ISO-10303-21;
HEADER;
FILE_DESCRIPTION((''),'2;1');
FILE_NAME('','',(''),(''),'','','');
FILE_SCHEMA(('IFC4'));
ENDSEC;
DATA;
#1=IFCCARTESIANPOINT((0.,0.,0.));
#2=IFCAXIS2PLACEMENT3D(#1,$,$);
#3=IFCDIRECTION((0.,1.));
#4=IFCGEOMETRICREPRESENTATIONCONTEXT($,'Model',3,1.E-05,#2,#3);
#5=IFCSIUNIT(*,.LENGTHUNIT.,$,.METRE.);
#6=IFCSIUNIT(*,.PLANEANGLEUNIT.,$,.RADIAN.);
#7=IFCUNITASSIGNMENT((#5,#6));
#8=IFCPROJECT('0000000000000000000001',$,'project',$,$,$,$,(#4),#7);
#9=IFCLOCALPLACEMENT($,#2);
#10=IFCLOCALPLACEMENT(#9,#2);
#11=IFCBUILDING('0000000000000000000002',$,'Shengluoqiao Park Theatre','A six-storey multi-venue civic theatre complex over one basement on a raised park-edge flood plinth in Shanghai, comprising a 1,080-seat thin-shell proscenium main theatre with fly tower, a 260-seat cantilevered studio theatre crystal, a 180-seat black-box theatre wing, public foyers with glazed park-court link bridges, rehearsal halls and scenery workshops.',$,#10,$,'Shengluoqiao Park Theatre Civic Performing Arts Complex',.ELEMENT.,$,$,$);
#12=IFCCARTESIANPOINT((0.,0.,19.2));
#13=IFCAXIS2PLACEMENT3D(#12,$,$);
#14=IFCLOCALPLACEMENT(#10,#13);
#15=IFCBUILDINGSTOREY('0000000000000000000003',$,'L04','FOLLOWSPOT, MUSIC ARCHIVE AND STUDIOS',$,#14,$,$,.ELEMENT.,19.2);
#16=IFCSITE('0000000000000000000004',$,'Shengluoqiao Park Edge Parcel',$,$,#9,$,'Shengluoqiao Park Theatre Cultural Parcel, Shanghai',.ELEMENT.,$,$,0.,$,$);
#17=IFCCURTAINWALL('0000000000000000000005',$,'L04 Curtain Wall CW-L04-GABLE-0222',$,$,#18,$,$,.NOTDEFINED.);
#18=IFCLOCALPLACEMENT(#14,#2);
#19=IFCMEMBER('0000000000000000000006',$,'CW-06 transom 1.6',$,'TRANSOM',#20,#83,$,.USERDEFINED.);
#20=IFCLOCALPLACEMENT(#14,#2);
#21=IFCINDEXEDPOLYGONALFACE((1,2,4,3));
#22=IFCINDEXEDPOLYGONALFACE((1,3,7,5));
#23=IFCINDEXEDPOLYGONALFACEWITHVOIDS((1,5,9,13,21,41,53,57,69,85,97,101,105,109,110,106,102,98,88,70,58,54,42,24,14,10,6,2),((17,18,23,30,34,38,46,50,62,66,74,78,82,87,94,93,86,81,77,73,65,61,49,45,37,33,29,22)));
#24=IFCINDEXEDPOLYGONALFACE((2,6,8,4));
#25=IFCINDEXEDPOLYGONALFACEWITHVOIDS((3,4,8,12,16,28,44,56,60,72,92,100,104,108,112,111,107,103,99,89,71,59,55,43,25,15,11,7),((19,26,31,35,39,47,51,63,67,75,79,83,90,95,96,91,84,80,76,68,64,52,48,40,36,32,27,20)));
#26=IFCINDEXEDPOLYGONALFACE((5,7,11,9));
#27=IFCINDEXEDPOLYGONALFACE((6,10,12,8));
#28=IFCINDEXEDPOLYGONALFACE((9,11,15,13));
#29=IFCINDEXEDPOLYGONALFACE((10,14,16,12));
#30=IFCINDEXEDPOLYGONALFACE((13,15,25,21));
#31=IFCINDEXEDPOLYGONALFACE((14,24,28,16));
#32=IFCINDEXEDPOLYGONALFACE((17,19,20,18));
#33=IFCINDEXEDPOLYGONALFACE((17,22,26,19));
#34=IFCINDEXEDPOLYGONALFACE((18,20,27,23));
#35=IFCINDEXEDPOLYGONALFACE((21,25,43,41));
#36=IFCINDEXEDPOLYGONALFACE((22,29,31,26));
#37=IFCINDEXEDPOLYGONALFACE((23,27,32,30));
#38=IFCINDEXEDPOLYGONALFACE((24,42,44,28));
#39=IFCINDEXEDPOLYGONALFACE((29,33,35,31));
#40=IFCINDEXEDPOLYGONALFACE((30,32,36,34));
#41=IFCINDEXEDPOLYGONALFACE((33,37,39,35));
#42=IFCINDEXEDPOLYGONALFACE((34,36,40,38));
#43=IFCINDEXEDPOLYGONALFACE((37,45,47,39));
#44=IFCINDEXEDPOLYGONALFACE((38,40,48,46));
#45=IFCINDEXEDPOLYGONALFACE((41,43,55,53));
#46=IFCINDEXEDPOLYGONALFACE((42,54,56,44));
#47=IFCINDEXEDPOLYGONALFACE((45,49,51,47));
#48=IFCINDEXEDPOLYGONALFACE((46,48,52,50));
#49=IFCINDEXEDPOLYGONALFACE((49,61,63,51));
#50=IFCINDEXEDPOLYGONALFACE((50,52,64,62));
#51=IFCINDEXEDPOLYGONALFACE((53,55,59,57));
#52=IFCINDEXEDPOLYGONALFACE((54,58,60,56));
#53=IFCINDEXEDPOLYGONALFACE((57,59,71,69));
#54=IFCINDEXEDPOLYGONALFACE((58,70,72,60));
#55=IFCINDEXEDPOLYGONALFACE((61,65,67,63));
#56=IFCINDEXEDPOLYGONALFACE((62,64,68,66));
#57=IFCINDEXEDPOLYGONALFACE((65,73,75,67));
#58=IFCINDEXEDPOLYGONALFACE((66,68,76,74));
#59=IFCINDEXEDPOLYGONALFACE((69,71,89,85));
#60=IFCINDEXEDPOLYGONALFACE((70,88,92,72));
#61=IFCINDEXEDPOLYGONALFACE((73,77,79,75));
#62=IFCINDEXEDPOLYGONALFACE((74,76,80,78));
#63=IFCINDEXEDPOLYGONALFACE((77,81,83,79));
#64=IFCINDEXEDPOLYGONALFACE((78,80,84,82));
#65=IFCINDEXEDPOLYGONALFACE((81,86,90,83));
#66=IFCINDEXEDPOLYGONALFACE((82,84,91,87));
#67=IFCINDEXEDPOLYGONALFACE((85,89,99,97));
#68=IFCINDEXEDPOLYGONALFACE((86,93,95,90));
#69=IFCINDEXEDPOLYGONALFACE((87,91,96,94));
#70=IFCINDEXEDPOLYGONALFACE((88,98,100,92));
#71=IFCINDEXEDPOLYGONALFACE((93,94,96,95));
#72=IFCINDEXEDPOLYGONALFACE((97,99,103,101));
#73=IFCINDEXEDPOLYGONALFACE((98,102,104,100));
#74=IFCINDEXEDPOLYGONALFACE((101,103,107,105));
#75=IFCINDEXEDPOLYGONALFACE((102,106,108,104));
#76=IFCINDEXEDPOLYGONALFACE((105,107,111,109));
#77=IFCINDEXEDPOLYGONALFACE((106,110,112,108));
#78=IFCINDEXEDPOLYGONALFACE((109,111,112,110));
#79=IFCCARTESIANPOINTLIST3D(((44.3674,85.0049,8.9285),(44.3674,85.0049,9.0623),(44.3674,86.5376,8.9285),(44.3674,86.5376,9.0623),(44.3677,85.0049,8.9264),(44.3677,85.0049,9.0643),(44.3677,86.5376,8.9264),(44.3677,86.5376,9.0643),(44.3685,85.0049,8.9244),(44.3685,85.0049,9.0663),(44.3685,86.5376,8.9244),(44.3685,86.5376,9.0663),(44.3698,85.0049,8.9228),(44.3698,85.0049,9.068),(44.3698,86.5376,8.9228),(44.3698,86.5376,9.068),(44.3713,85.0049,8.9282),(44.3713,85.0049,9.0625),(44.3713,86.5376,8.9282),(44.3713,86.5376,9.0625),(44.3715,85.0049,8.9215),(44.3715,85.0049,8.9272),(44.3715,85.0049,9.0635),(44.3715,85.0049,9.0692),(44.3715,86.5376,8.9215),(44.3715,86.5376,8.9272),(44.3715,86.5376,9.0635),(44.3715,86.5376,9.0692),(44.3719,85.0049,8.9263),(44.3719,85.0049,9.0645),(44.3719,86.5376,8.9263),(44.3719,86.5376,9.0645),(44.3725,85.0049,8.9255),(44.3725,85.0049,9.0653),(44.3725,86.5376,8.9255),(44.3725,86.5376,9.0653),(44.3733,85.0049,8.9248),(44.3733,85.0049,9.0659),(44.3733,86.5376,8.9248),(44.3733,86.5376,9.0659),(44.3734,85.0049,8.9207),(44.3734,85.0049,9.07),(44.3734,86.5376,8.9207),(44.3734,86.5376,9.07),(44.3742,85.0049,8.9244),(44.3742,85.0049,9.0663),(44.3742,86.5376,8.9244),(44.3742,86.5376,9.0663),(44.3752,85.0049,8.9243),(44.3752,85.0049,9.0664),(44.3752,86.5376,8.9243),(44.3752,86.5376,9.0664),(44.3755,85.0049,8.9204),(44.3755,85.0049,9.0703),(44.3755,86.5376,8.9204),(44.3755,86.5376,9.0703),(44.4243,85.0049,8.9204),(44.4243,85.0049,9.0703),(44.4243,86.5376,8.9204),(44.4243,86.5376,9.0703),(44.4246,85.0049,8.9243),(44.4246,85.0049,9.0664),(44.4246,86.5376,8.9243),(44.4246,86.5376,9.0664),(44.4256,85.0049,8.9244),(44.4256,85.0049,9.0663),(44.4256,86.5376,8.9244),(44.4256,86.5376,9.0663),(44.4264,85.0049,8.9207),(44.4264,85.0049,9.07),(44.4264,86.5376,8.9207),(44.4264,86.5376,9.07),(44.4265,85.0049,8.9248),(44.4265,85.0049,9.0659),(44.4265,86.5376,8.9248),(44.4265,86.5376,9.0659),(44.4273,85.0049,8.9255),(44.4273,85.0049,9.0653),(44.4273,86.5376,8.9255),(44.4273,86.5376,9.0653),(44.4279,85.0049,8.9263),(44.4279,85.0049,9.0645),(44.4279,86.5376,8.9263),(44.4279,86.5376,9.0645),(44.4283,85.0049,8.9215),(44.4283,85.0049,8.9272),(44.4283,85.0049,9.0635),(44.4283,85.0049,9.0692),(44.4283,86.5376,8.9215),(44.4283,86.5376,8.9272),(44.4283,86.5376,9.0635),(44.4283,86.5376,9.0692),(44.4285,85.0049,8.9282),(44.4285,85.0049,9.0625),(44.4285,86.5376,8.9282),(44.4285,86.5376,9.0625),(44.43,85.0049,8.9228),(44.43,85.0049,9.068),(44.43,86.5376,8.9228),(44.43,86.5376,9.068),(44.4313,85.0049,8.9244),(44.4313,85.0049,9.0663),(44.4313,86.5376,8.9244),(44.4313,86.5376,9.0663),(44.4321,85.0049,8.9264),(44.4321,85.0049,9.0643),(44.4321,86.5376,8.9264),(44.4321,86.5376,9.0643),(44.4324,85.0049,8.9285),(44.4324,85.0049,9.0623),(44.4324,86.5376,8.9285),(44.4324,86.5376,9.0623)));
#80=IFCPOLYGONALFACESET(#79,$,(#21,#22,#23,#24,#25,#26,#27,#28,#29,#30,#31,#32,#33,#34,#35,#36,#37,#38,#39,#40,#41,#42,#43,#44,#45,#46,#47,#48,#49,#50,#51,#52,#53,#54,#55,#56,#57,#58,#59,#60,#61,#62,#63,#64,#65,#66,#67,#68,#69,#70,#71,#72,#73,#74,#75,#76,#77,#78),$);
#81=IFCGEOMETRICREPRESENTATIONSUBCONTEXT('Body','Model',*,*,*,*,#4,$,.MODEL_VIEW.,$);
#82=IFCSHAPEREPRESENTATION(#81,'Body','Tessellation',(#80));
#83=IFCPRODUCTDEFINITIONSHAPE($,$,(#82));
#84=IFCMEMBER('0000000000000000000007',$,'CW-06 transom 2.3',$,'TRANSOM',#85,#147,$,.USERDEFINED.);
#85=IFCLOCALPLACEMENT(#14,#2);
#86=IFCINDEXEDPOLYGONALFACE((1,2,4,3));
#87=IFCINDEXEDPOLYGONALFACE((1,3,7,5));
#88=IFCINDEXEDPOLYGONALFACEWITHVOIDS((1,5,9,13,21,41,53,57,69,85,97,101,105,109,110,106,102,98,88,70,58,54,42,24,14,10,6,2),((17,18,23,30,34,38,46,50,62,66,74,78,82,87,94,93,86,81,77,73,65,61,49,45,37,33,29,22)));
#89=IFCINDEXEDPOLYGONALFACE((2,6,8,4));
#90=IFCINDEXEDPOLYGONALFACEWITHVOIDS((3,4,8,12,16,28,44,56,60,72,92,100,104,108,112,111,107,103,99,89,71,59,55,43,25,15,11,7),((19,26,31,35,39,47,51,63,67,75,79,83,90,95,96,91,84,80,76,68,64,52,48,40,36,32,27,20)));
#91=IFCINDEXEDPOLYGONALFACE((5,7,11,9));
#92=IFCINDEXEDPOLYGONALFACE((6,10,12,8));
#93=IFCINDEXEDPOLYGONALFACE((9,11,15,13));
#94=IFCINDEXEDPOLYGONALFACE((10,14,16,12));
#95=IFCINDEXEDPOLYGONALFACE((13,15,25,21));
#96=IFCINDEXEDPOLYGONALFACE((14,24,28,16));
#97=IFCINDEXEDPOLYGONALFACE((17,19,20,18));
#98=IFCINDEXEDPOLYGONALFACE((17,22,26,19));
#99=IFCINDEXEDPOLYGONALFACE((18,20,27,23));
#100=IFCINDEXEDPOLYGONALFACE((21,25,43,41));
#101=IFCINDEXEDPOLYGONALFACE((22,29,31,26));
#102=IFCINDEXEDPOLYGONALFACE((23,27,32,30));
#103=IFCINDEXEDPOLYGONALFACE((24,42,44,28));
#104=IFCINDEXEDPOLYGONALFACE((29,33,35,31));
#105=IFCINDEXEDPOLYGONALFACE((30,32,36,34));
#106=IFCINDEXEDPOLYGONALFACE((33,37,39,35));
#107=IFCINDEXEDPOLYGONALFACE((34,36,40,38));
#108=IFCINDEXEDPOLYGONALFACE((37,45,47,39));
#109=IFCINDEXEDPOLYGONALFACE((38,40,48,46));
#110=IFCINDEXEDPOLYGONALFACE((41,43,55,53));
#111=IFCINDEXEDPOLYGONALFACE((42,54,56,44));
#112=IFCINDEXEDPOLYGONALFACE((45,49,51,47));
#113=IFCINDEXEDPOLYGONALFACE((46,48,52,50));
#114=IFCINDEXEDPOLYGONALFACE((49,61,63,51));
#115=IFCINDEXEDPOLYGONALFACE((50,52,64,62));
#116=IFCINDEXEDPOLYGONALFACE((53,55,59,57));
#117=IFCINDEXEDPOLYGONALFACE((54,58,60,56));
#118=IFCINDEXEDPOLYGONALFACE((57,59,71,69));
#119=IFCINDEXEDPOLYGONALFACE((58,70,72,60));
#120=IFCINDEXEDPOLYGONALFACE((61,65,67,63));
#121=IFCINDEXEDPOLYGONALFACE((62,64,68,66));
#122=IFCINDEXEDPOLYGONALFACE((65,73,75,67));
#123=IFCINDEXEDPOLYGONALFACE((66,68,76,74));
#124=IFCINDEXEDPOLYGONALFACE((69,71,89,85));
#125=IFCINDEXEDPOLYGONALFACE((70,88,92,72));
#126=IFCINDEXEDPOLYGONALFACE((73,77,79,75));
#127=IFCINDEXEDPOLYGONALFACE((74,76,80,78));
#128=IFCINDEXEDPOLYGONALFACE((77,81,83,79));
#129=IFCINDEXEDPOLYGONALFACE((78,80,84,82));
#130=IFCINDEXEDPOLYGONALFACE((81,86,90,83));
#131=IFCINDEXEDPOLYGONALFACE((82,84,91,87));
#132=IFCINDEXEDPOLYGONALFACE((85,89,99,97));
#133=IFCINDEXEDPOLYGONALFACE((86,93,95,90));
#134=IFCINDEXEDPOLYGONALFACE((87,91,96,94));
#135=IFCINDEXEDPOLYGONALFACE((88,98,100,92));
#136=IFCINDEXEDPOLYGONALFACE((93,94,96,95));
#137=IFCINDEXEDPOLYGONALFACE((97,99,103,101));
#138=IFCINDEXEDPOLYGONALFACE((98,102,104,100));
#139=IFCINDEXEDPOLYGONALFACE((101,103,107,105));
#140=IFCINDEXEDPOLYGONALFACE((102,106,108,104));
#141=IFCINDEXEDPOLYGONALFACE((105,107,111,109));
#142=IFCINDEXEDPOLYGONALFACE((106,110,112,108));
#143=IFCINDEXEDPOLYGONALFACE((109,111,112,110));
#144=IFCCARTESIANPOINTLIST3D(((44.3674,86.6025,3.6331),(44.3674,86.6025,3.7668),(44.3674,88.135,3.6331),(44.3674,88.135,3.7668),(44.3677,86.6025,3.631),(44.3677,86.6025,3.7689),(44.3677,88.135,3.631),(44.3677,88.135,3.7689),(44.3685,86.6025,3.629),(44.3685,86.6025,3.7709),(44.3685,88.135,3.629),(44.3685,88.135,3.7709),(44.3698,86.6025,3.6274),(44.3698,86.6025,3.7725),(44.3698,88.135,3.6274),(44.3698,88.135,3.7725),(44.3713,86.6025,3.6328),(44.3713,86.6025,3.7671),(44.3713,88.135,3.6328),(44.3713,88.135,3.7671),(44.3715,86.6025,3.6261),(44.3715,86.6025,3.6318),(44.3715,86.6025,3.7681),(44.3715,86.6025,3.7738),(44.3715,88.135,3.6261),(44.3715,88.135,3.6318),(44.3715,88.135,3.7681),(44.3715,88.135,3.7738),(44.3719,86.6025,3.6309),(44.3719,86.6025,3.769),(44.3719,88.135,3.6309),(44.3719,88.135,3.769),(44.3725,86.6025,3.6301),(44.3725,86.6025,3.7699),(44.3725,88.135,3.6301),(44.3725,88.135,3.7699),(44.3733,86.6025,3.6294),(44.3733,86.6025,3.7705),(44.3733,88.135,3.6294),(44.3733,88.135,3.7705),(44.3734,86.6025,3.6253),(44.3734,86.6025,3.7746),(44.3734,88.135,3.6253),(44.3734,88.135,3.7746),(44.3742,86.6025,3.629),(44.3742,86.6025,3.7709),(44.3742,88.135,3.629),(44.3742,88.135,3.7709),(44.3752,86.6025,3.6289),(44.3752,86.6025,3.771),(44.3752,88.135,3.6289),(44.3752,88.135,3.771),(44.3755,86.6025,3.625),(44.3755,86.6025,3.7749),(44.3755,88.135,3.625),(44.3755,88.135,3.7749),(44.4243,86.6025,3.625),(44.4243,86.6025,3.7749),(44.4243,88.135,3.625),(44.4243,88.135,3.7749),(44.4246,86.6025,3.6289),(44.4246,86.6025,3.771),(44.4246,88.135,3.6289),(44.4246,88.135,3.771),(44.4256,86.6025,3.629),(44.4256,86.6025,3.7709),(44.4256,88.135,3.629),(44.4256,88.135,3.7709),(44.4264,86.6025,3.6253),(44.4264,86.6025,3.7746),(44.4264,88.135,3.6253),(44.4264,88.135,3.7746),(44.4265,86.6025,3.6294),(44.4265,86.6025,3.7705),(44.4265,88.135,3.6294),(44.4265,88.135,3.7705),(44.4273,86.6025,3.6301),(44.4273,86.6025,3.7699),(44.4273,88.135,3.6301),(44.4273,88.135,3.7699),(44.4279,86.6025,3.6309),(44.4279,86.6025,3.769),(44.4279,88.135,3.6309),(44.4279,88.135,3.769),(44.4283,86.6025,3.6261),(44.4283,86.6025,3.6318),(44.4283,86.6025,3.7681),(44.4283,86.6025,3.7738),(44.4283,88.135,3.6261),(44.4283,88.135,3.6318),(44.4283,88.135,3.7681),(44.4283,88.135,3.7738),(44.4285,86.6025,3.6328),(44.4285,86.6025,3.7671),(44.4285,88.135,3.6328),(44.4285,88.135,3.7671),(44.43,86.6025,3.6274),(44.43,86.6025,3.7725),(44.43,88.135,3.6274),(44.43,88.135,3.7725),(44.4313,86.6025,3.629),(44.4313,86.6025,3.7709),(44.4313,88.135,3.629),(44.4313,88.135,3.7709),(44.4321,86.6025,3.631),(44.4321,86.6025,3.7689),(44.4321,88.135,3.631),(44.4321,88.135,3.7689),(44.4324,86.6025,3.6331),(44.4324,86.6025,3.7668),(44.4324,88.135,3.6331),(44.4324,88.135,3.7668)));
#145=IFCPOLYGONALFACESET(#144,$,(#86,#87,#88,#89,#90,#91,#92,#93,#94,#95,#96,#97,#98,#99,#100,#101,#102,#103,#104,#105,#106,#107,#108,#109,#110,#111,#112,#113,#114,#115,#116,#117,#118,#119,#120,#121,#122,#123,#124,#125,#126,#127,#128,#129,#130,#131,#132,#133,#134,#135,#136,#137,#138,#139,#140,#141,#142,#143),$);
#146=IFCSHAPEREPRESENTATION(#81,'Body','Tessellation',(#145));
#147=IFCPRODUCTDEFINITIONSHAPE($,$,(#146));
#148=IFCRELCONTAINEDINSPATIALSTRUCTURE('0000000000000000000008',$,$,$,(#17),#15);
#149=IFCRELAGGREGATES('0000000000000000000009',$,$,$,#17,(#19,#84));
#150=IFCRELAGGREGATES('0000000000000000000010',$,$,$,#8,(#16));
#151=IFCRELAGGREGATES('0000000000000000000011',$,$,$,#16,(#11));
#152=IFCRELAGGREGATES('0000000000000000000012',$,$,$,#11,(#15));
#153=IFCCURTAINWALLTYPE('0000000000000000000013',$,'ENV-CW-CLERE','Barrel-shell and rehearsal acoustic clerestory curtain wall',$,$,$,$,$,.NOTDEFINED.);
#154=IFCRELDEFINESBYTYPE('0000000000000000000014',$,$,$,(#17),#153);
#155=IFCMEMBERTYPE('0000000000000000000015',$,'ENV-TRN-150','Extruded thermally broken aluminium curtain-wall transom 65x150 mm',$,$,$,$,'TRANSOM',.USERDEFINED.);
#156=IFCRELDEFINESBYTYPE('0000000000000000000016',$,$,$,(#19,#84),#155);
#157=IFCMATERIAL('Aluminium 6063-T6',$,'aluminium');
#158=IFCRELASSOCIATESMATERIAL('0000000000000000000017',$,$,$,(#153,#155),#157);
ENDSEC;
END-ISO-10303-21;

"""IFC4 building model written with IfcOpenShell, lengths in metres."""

from ifc_helpers import new_model, si_unit, direction, frame, origin, origin_2d, place, context, subcontext, project, spatial, hollow_rectangle, extrude, material, material_profile, profile_set, type_object, element, aggregate, save


model = new_model("IFC4")

# Units and contexts
model_context = context("Model", 3, precision=1e-05, world=origin(), true_north=direction((0.0, 1.0)))
body_context = subcontext(model_context, "Body", "Model", "MODEL_VIEW")
ifc_project = project(units=[si_unit("LENGTHUNIT", "METRE"), si_unit("PLANEANGLEUNIT", "RADIAN")], contexts=[model_context])

# Site, building, storey
site_placement = place(None, origin())
site = spatial("IfcSite", under=ifc_project, at=site_placement, Name="Shengluoqiao Park Edge Parcel", LongName="Shengluoqiao Park Theatre Cultural Parcel, Shanghai", CompositionType="ELEMENT", RefElevation=0.0)
building_placement = place(site_placement, origin())
building = spatial("IfcBuilding", under=site, at=building_placement, Name="Shengluoqiao Park Theatre", Description="A six-storey multi-venue civic theatre complex over one basement on a raised park-edge flood plinth in Shanghai, comprising a 1,080-seat thin-shell proscenium main theatre with fly tower, a 260-seat cantilevered studio theatre crystal, a 180-seat black-box theatre wing, public foyers with glazed park-court link bridges, rehearsal halls and scenery workshops.", LongName="Shengluoqiao Park Theatre Civic Performing Arts Complex", CompositionType="ELEMENT")
storey_placement = place(building_placement, frame((0.0, 0.0, 19.2)))
storey = spatial("IfcBuildingStorey", under=building, at=storey_placement, Name="L04", Description="FOLLOWSPOT, MUSIC ARCHIVE AND STUDIOS", CompositionType="ELEMENT", Elevation=19.2)

# Shared definitions
ifc_material_1 = material(Name="Aluminium 6063-T6", Category="aluminium")
curtain_wall_type = type_object("IfcCurtainWallType", Name="ENV-CW-CLERE", Description="Barrel-shell and rehearsal acoustic clerestory curtain wall", PredefinedType="NOTDEFINED", material=ifc_material_1)
ifc_material_profile = material_profile(ifc_material_1, hollow_rectangle(XDim=0.0649, YDim=0.1499, WallThickness=0.0039, InnerFilletRadius=0.0039, OuterFilletRadius=0.0081, at=origin_2d()), Name="ALU TRANSOM 150x65x4")
ifc_profile_set = profile_set([ifc_material_profile], Name="Aluminium 6063-T6")
member_type = type_object("IfcMemberType", Name="ENV-TRN-150", Description="Extruded thermally broken aluminium curtain-wall transom 65x150 mm", ElementType="TRANSOM", PredefinedType="USERDEFINED", material=ifc_profile_set)

# Curtain wall, members
curtain_wall_1_placement = place(storey_placement, origin())
curtain_wall_1 = element("IfcCurtainWall", 1, at=curtain_wall_1_placement, inside=storey, type_object=curtain_wall_type, Name="L04 Curtain Wall CW-L04-GABLE-0222", PredefinedType="NOTDEFINED")
member_1_placement = place(storey_placement, frame((44.3999, 85.0049, 8.9954), z_axis=(0.0, 1.0, 0.0), x_axis=(-1.0, 0.0, 0.0)))
member_1 = element("IfcMember", 2, at=member_1_placement, type_object=member_type, Name="CW-06 transom 1.6", ObjectType="TRANSOM", PredefinedType="USERDEFINED", context=body_context, shape_type="SweptSolid", body=[
    extrude(hollow_rectangle(XDim=0.0649, YDim=0.1499, WallThickness=0.0039, InnerFilletRadius=0.0039, OuterFilletRadius=0.0081, at=origin_2d()), origin(), (0.0, 0.0, 1.0), 1.5327),
])
member_2_placement = place(storey_placement, frame((44.3999, 86.6025, 3.7), z_axis=(0.0, 1.0, 0.0), x_axis=(-1.0, 0.0, 0.0)))
member_2 = element("IfcMember", 3, at=member_2_placement, type_object=member_type, Name="CW-06 transom 2.3", ObjectType="TRANSOM", PredefinedType="USERDEFINED", context=body_context, shape_type="SweptSolid", body=[
    extrude(hollow_rectangle(XDim=0.0649, YDim=0.1499, WallThickness=0.0039, InnerFilletRadius=0.0039, OuterFilletRadius=0.0081, at=origin_2d()), origin(), (0.0, 0.0, 1.0), 1.5325),
])

aggregate(curtain_wall_1, [member_1, member_2])

save(model, "model.ifc")
